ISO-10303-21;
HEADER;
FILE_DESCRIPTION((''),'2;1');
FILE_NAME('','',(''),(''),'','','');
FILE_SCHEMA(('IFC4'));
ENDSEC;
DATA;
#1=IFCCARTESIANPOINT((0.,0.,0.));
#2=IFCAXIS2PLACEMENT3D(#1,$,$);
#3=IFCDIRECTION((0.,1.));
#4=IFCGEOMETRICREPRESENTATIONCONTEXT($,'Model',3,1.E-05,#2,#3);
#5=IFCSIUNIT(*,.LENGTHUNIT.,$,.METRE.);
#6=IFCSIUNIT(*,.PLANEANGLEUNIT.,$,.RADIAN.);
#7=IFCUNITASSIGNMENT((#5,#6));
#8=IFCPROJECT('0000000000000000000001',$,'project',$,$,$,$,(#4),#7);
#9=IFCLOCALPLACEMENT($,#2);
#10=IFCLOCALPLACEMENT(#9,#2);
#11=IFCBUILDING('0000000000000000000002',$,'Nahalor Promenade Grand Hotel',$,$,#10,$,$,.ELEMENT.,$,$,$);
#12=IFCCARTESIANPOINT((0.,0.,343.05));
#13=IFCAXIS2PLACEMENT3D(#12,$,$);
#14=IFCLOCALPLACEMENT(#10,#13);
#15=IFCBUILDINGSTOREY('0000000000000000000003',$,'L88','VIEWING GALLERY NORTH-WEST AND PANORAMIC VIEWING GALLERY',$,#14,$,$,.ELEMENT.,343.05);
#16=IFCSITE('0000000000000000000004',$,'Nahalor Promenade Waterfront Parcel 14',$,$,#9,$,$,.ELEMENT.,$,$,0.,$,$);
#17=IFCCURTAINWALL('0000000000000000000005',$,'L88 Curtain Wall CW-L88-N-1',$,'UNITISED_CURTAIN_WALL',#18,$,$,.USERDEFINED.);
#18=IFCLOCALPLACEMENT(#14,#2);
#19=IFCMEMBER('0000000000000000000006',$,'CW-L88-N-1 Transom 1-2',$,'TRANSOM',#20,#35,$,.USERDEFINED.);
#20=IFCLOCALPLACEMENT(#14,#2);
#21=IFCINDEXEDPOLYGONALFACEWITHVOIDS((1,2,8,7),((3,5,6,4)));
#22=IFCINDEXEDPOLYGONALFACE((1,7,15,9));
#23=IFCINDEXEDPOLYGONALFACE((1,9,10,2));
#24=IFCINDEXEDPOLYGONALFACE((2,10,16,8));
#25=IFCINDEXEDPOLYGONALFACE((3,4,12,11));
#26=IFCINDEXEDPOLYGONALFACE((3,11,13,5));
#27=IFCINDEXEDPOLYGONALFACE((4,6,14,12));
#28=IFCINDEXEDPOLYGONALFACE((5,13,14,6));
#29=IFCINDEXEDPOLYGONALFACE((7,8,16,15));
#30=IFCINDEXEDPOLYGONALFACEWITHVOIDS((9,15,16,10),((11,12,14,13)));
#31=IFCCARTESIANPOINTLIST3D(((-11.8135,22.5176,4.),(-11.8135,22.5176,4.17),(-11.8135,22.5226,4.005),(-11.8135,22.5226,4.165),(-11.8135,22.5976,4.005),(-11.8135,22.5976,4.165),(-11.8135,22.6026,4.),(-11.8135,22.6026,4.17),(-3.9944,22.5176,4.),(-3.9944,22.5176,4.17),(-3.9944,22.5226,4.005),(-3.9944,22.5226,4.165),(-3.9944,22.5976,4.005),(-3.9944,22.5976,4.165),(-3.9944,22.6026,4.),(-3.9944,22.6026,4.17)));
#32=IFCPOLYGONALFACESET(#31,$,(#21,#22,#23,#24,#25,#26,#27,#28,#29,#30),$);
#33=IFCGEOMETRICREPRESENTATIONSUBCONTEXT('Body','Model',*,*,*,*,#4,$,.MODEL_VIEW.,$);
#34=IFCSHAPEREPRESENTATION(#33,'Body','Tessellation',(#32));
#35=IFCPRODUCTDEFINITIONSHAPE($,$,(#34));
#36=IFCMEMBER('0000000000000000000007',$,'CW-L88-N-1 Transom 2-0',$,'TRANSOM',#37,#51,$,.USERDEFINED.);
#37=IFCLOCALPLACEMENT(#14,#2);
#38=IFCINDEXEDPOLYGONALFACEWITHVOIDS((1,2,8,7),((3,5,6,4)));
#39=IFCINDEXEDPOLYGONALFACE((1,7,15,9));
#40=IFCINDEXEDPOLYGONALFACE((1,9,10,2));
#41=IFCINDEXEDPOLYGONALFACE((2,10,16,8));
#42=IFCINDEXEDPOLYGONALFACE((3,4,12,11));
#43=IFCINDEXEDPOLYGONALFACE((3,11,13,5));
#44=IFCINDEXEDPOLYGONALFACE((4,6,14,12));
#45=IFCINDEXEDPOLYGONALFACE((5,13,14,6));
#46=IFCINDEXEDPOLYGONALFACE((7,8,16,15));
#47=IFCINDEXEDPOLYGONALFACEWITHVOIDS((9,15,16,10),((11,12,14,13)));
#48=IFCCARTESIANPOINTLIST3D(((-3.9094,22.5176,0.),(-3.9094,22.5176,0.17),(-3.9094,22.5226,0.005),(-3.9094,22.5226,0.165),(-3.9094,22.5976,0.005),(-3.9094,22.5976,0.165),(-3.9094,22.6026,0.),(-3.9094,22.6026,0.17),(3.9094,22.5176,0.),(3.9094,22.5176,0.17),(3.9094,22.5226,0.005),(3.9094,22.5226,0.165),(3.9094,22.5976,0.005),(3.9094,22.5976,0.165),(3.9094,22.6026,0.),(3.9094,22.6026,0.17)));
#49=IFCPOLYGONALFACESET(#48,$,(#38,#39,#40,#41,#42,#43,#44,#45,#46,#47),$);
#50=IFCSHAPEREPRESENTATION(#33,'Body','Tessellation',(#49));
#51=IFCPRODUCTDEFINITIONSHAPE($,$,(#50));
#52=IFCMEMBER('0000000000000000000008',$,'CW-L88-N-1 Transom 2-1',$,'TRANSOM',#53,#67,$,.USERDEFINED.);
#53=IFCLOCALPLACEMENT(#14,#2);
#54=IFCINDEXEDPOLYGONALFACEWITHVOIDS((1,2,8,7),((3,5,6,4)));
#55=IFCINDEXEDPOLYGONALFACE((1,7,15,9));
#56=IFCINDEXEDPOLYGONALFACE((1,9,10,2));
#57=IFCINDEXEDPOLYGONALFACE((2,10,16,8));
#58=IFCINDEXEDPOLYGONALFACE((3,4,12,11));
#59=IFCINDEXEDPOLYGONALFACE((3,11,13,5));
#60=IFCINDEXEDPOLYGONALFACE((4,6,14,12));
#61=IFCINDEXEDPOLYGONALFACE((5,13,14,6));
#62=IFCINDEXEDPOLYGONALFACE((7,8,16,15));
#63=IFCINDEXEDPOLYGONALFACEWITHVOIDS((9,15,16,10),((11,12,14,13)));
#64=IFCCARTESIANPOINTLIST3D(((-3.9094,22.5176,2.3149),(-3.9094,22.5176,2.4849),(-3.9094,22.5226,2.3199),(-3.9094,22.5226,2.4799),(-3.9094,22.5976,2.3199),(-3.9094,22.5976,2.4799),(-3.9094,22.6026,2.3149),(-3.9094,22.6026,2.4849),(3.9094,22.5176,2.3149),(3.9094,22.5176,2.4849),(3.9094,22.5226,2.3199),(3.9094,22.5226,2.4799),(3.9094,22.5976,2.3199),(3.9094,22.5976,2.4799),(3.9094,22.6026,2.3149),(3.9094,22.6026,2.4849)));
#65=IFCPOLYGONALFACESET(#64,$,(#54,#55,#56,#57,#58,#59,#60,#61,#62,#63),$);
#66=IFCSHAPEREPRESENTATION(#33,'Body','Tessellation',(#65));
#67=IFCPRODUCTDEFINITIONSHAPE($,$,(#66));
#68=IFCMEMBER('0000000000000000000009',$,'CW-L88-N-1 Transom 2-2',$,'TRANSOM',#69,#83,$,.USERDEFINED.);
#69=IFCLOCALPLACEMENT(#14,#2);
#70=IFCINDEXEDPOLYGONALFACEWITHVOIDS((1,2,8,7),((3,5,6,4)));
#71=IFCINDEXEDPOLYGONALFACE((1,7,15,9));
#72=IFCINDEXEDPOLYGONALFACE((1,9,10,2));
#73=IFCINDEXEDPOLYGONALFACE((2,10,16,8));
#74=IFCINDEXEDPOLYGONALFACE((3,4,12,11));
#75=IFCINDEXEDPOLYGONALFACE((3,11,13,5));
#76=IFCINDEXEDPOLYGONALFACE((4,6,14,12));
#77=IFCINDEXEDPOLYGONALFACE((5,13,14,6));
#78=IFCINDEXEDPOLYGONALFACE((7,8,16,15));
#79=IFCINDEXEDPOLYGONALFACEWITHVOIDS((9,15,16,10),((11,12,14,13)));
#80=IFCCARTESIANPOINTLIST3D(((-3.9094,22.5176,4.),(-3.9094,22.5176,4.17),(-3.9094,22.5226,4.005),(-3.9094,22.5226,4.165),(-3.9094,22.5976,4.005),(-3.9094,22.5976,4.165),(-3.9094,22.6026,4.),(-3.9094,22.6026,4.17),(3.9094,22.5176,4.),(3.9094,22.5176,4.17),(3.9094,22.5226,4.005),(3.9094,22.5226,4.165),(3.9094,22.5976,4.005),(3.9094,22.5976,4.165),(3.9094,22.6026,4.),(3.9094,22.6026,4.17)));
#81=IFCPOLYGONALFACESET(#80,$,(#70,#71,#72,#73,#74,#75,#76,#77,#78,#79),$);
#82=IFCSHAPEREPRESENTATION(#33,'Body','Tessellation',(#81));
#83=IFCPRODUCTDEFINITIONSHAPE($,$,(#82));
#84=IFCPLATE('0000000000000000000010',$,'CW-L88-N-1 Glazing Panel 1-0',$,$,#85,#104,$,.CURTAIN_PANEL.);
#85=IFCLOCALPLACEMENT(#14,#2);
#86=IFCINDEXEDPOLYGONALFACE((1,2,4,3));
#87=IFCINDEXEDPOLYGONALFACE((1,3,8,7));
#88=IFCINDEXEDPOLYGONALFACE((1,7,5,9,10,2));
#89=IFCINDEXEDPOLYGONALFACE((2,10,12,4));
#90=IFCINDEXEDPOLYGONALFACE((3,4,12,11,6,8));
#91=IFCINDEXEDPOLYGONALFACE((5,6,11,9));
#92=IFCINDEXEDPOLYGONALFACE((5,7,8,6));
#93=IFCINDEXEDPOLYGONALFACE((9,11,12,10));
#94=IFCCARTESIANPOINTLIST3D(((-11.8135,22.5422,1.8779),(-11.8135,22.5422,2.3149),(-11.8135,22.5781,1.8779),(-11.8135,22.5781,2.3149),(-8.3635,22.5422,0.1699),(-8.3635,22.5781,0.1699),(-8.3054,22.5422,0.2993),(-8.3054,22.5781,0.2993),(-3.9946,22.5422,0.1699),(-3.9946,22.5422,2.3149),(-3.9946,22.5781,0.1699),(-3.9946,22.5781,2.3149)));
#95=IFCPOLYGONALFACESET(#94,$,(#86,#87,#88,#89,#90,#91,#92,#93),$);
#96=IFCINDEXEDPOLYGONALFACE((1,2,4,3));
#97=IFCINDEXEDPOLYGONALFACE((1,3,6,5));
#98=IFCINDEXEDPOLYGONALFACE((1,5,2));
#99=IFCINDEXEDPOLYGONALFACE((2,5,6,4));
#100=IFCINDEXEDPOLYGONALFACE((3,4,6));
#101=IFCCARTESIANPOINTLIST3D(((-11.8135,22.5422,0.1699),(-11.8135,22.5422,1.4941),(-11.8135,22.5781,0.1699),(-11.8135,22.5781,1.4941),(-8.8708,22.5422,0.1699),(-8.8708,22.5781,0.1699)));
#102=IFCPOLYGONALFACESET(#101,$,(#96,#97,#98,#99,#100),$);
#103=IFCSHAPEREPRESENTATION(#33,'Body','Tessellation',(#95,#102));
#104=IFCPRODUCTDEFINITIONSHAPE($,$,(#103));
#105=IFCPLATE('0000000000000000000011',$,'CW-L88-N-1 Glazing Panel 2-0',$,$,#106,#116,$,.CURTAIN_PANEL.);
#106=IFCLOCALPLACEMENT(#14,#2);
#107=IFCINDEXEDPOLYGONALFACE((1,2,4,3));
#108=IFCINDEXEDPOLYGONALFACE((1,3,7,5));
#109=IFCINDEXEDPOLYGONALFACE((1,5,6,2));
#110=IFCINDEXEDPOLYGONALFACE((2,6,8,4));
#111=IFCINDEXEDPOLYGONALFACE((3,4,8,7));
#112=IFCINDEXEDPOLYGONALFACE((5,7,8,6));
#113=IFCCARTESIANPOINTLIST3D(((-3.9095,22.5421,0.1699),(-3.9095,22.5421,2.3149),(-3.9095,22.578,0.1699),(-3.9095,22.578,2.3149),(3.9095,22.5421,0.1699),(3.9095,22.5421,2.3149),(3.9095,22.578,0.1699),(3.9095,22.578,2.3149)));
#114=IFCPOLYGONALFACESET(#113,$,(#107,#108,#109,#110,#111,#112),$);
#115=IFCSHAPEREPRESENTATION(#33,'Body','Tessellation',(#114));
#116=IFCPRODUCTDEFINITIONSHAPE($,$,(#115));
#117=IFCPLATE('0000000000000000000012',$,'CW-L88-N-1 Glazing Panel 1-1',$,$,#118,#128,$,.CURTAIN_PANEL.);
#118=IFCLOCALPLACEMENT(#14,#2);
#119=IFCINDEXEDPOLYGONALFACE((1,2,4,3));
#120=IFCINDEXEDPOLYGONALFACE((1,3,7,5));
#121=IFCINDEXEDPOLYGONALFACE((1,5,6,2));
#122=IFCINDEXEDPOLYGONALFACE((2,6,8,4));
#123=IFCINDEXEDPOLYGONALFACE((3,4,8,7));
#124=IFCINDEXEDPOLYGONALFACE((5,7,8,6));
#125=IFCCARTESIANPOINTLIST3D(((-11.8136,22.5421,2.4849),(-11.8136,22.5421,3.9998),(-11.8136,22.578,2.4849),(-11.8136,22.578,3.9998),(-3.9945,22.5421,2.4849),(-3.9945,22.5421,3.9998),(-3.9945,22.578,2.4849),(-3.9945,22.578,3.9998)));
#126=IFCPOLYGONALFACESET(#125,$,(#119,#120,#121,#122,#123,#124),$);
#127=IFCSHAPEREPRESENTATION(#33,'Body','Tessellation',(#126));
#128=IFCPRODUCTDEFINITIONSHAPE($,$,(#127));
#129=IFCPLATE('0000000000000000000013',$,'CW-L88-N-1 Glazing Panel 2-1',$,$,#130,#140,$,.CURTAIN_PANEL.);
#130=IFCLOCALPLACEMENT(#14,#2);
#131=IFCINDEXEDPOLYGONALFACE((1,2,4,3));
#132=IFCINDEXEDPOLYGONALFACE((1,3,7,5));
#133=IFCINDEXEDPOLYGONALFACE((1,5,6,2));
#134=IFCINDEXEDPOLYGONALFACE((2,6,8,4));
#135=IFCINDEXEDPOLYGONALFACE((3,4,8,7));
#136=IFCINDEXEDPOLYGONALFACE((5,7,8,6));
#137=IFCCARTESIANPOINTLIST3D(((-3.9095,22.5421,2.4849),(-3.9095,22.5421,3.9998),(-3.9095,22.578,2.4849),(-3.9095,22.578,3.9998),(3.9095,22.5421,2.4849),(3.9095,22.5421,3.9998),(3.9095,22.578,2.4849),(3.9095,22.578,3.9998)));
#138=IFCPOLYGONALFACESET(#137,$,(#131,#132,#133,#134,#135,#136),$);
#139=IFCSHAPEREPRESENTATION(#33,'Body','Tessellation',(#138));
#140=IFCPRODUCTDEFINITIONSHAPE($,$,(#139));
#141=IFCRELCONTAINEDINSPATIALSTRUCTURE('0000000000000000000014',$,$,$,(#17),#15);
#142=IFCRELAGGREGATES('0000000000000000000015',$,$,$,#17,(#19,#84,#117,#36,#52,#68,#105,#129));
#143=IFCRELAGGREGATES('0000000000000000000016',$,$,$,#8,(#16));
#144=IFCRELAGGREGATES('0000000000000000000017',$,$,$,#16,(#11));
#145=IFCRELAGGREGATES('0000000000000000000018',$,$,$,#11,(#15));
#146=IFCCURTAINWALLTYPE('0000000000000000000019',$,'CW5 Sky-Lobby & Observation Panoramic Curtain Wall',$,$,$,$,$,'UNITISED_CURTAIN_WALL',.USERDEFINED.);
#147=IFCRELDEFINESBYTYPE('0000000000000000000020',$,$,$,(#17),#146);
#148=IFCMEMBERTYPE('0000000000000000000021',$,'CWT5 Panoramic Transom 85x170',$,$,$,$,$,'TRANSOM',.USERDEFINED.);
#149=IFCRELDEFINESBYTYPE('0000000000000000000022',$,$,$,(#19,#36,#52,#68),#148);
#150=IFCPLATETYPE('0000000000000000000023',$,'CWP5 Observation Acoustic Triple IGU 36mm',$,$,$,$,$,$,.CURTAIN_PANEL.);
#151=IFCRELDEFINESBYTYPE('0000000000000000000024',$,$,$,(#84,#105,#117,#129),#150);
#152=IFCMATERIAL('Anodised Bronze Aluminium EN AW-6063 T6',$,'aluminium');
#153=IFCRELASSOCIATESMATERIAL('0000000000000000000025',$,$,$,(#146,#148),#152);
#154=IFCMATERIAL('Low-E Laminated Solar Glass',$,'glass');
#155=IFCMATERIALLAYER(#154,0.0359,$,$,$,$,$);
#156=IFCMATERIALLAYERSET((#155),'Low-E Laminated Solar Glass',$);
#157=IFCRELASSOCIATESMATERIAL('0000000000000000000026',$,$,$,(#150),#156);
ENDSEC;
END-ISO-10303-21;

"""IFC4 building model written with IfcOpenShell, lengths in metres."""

from ifc_helpers import new_model, si_unit, direction, frame, origin, origin_2d, place, context, subcontext, project, spatial, polyline, rectangle, hollow_rectangle, outline, extrude, source, transform, mapped, material, layer, layer_set, material_profile, profile_set, type_object, element, aggregate, save


model = new_model("IFC4")

# Units and contexts
model_context = context("Model", 3, precision=1e-05, world=origin(), true_north=direction((0.0, 1.0)))
body_context = subcontext(model_context, "Body", "Model", "MODEL_VIEW")
ifc_project = project(units=[si_unit("LENGTHUNIT", "METRE"), si_unit("PLANEANGLEUNIT", "RADIAN")], contexts=[model_context])

# Site, building, storey
site_placement = place(None, origin())
site = spatial("IfcSite", under=ifc_project, at=site_placement, Name="Nahalor Promenade Waterfront Parcel 14", CompositionType="ELEMENT", RefElevation=0.0)
building_placement = place(site_placement, origin())
building = spatial("IfcBuilding", under=site, at=building_placement, Name="Nahalor Promenade Grand Hotel", CompositionType="ELEMENT")
storey_placement = place(building_placement, frame((0.0, 0.0, 343.05)))
storey = spatial("IfcBuildingStorey", under=building, at=storey_placement, Name="L88", Description="VIEWING GALLERY NORTH-WEST AND PANORAMIC VIEWING GALLERY", CompositionType="ELEMENT", Elevation=343.05)

# Curtain wall, members, plates
ifc_material_1 = material(Name="Anodised Bronze Aluminium EN AW-6063 T6", Category="aluminium")
curtain_wall_type = type_object("IfcCurtainWallType", Name="CW5 Sky-Lobby & Observation Panoramic Curtain Wall", ElementType="UNITISED_CURTAIN_WALL", PredefinedType="USERDEFINED", material=ifc_material_1)
curtain_wall_placement = place(storey_placement, origin())
curtain_wall = element("IfcCurtainWall", 1, at=curtain_wall_placement, inside=storey, type_object=curtain_wall_type, Name="L88 Curtain Wall CW-L88-N-1", ObjectType="UNITISED_CURTAIN_WALL", PredefinedType="USERDEFINED")
ifc_material_profile_1 = material_profile(ifc_material_1, hollow_rectangle(XDim=0.085, YDim=0.17, WallThickness=0.005, at=origin_2d()), Name="CWT 85x170x5")
ifc_profile_set_1 = profile_set([ifc_material_profile_1], Name="Anodised Bronze Aluminium EN AW-6063 T6")
member_type_1 = type_object("IfcMemberType", Name="CWT5 Panoramic Transom 85x170", ElementType="TRANSOM", PredefinedType="USERDEFINED", material=ifc_profile_set_1)
shared_shape_1 = source(origin(), body_context, "Body", "SweptSolid", [
    extrude(hollow_rectangle(XDim=0.085, YDim=0.17, WallThickness=0.005, at=origin_2d()), origin(), (0.0, 0.0, 1.0), 7.8191),
])
member_1_placement = place(storey_placement, frame((-11.8135, 22.5601, 4.085), z_axis=(1.0, 0.0, 0.0), x_axis=(0.0, 1.0, 0.0)))
member_1 = element("IfcMember", 2, at=member_1_placement, type_object=member_type_1, Name="CW-L88-N-1 Transom 1-2", ObjectType="TRANSOM", PredefinedType="USERDEFINED", context=body_context, shape_type="MappedRepresentation", body=[
    mapped(shared_shape_1, transform((0.0, 0.0, 0.0), scale=1.0)),
])
shared_shape_2 = source(origin(), body_context, "Body", "SweptSolid", [
    extrude(hollow_rectangle(XDim=0.085, YDim=0.17, WallThickness=0.005, at=origin_2d()), origin(), (0.0, 0.0, 1.0), 7.8188),
])
member_2_placement = place(storey_placement, frame((-3.9094, 22.5601, 0.085), z_axis=(1.0, 0.0, 0.0), x_axis=(0.0, 1.0, 0.0)))
member_2 = element("IfcMember", 3, at=member_2_placement, type_object=member_type_1, Name="CW-L88-N-1 Transom 2-0", ObjectType="TRANSOM", PredefinedType="USERDEFINED", context=body_context, shape_type="MappedRepresentation", body=[
    mapped(shared_shape_2, transform((0.0, 0.0, 0.0), scale=1.0)),
])
member_3_placement = place(storey_placement, frame((-3.9094, 22.5601, 2.3999), z_axis=(1.0, 0.0, 0.0), x_axis=(0.0, 1.0, 0.0)))
member_3 = element("IfcMember", 4, at=member_3_placement, type_object=member_type_1, Name="CW-L88-N-1 Transom 2-1", ObjectType="TRANSOM", PredefinedType="USERDEFINED", context=body_context, shape_type="MappedRepresentation", body=[
    mapped(shared_shape_2, transform((0.0, 0.0, 0.0), scale=1.0)),
])
member_4_placement = place(storey_placement, frame((-3.9094, 22.5601, 4.085), z_axis=(1.0, 0.0, 0.0), x_axis=(0.0, 1.0, 0.0)))
member_4 = element("IfcMember", 5, at=member_4_placement, type_object=member_type_1, Name="CW-L88-N-1 Transom 2-2", ObjectType="TRANSOM", PredefinedType="USERDEFINED", context=body_context, shape_type="MappedRepresentation", body=[
    mapped(shared_shape_2, transform((0.0, 0.0, 0.0), scale=1.0)),
])
ifc_material_2 = material(Name="Low-E Laminated Solar Glass", Category="glass")
ifc_layer = layer(ifc_material_2, 0.0359)
ifc_layer_set = layer_set([ifc_layer], Name="Low-E Laminated Solar Glass")
plate_type = type_object("IfcPlateType", Name="CWP5 Observation Acoustic Triple IGU 36mm", PredefinedType="CURTAIN_PANEL", material=ifc_layer_set)
plate_1_placement = place(storey_placement, frame((-7.9041, 22.5601, 0.1699), z_axis=(0.0, 0.0, 1.0), x_axis=(1.0, 0.0, 0.0)))
plate_1 = element("IfcPlate", 6, at=plate_1_placement, type_object=plate_type, Name="CW-L88-N-1 Glazing Panel 1-0", PredefinedType="CURTAIN_PANEL", context=body_context, shape_type="SweptSolid", body=[
    extrude(outline(polyline([(3.9094, 2.145), (-3.9094, 2.145), (-3.9094, 1.708), (-0.4014, 0.1294), (-0.4595, 0.0), (3.9094, 0.0), (3.9094, 2.145)])), frame((0.0, 0.0181, 0.0), z_axis=(0.0, -1.0, 0.0), x_axis=(1.0, 0.0, 0.0)), (0.0, 0.0, 1.0), 0.0359),
    extrude(outline(polyline([(-3.9094, 1.3242), (-3.9094, 0.0), (-0.9668, 0.0), (-3.9094, 1.3242)])), frame((0.0, 0.0181, 0.0), z_axis=(0.0, -1.0, 0.0), x_axis=(1.0, 0.0, 0.0)), (0.0, 0.0, 1.0), 0.0359),
])
shared_shape_3 = source(origin(), body_context, "Body", "SweptSolid", [
    extrude(rectangle(XDim=7.8191, YDim=0.0359, at=origin_2d()), origin(), (0.0, 0.0, 1.0), 2.145),
])
plate_2_placement = place(storey_placement, frame((0.0, 22.5601, 0.1699), z_axis=(0.0, 0.0, 1.0), x_axis=(1.0, 0.0, 0.0)))
plate_2 = element("IfcPlate", 7, at=plate_2_placement, type_object=plate_type, Name="CW-L88-N-1 Glazing Panel 2-0", PredefinedType="CURTAIN_PANEL", context=body_context, shape_type="MappedRepresentation", body=[
    mapped(shared_shape_3, transform((0.0, 0.0, 0.0), scale=1.0)),
])
shared_shape_4 = source(origin(), body_context, "Body", "SweptSolid", [
    extrude(rectangle(XDim=7.8191, YDim=0.0359, at=origin_2d()), origin(), (0.0, 0.0, 1.0), 1.5149),
])
plate_3_placement = place(storey_placement, frame((-7.9041, 22.5601, 2.4849), z_axis=(0.0, 0.0, 1.0), x_axis=(1.0, 0.0, 0.0)))
plate_3 = element("IfcPlate", 8, at=plate_3_placement, type_object=plate_type, Name="CW-L88-N-1 Glazing Panel 1-1", PredefinedType="CURTAIN_PANEL", context=body_context, shape_type="MappedRepresentation", body=[
    mapped(shared_shape_4, transform((0.0, 0.0, 0.0), scale=1.0)),
])
plate_4_placement = place(storey_placement, frame((0.0, 22.5601, 2.4849), z_axis=(0.0, 0.0, 1.0), x_axis=(1.0, 0.0, 0.0)))
plate_4 = element("IfcPlate", 9, at=plate_4_placement, type_object=plate_type, Name="CW-L88-N-1 Glazing Panel 2-1", PredefinedType="CURTAIN_PANEL", context=body_context, shape_type="MappedRepresentation", body=[
    mapped(shared_shape_4, transform((0.0, 0.0, 0.0), scale=1.0)),
])
aggregate(curtain_wall, [member_1, plate_1, plate_3, member_2, member_3, member_4, plate_2, plate_4])

save(model, "model.ifc")
